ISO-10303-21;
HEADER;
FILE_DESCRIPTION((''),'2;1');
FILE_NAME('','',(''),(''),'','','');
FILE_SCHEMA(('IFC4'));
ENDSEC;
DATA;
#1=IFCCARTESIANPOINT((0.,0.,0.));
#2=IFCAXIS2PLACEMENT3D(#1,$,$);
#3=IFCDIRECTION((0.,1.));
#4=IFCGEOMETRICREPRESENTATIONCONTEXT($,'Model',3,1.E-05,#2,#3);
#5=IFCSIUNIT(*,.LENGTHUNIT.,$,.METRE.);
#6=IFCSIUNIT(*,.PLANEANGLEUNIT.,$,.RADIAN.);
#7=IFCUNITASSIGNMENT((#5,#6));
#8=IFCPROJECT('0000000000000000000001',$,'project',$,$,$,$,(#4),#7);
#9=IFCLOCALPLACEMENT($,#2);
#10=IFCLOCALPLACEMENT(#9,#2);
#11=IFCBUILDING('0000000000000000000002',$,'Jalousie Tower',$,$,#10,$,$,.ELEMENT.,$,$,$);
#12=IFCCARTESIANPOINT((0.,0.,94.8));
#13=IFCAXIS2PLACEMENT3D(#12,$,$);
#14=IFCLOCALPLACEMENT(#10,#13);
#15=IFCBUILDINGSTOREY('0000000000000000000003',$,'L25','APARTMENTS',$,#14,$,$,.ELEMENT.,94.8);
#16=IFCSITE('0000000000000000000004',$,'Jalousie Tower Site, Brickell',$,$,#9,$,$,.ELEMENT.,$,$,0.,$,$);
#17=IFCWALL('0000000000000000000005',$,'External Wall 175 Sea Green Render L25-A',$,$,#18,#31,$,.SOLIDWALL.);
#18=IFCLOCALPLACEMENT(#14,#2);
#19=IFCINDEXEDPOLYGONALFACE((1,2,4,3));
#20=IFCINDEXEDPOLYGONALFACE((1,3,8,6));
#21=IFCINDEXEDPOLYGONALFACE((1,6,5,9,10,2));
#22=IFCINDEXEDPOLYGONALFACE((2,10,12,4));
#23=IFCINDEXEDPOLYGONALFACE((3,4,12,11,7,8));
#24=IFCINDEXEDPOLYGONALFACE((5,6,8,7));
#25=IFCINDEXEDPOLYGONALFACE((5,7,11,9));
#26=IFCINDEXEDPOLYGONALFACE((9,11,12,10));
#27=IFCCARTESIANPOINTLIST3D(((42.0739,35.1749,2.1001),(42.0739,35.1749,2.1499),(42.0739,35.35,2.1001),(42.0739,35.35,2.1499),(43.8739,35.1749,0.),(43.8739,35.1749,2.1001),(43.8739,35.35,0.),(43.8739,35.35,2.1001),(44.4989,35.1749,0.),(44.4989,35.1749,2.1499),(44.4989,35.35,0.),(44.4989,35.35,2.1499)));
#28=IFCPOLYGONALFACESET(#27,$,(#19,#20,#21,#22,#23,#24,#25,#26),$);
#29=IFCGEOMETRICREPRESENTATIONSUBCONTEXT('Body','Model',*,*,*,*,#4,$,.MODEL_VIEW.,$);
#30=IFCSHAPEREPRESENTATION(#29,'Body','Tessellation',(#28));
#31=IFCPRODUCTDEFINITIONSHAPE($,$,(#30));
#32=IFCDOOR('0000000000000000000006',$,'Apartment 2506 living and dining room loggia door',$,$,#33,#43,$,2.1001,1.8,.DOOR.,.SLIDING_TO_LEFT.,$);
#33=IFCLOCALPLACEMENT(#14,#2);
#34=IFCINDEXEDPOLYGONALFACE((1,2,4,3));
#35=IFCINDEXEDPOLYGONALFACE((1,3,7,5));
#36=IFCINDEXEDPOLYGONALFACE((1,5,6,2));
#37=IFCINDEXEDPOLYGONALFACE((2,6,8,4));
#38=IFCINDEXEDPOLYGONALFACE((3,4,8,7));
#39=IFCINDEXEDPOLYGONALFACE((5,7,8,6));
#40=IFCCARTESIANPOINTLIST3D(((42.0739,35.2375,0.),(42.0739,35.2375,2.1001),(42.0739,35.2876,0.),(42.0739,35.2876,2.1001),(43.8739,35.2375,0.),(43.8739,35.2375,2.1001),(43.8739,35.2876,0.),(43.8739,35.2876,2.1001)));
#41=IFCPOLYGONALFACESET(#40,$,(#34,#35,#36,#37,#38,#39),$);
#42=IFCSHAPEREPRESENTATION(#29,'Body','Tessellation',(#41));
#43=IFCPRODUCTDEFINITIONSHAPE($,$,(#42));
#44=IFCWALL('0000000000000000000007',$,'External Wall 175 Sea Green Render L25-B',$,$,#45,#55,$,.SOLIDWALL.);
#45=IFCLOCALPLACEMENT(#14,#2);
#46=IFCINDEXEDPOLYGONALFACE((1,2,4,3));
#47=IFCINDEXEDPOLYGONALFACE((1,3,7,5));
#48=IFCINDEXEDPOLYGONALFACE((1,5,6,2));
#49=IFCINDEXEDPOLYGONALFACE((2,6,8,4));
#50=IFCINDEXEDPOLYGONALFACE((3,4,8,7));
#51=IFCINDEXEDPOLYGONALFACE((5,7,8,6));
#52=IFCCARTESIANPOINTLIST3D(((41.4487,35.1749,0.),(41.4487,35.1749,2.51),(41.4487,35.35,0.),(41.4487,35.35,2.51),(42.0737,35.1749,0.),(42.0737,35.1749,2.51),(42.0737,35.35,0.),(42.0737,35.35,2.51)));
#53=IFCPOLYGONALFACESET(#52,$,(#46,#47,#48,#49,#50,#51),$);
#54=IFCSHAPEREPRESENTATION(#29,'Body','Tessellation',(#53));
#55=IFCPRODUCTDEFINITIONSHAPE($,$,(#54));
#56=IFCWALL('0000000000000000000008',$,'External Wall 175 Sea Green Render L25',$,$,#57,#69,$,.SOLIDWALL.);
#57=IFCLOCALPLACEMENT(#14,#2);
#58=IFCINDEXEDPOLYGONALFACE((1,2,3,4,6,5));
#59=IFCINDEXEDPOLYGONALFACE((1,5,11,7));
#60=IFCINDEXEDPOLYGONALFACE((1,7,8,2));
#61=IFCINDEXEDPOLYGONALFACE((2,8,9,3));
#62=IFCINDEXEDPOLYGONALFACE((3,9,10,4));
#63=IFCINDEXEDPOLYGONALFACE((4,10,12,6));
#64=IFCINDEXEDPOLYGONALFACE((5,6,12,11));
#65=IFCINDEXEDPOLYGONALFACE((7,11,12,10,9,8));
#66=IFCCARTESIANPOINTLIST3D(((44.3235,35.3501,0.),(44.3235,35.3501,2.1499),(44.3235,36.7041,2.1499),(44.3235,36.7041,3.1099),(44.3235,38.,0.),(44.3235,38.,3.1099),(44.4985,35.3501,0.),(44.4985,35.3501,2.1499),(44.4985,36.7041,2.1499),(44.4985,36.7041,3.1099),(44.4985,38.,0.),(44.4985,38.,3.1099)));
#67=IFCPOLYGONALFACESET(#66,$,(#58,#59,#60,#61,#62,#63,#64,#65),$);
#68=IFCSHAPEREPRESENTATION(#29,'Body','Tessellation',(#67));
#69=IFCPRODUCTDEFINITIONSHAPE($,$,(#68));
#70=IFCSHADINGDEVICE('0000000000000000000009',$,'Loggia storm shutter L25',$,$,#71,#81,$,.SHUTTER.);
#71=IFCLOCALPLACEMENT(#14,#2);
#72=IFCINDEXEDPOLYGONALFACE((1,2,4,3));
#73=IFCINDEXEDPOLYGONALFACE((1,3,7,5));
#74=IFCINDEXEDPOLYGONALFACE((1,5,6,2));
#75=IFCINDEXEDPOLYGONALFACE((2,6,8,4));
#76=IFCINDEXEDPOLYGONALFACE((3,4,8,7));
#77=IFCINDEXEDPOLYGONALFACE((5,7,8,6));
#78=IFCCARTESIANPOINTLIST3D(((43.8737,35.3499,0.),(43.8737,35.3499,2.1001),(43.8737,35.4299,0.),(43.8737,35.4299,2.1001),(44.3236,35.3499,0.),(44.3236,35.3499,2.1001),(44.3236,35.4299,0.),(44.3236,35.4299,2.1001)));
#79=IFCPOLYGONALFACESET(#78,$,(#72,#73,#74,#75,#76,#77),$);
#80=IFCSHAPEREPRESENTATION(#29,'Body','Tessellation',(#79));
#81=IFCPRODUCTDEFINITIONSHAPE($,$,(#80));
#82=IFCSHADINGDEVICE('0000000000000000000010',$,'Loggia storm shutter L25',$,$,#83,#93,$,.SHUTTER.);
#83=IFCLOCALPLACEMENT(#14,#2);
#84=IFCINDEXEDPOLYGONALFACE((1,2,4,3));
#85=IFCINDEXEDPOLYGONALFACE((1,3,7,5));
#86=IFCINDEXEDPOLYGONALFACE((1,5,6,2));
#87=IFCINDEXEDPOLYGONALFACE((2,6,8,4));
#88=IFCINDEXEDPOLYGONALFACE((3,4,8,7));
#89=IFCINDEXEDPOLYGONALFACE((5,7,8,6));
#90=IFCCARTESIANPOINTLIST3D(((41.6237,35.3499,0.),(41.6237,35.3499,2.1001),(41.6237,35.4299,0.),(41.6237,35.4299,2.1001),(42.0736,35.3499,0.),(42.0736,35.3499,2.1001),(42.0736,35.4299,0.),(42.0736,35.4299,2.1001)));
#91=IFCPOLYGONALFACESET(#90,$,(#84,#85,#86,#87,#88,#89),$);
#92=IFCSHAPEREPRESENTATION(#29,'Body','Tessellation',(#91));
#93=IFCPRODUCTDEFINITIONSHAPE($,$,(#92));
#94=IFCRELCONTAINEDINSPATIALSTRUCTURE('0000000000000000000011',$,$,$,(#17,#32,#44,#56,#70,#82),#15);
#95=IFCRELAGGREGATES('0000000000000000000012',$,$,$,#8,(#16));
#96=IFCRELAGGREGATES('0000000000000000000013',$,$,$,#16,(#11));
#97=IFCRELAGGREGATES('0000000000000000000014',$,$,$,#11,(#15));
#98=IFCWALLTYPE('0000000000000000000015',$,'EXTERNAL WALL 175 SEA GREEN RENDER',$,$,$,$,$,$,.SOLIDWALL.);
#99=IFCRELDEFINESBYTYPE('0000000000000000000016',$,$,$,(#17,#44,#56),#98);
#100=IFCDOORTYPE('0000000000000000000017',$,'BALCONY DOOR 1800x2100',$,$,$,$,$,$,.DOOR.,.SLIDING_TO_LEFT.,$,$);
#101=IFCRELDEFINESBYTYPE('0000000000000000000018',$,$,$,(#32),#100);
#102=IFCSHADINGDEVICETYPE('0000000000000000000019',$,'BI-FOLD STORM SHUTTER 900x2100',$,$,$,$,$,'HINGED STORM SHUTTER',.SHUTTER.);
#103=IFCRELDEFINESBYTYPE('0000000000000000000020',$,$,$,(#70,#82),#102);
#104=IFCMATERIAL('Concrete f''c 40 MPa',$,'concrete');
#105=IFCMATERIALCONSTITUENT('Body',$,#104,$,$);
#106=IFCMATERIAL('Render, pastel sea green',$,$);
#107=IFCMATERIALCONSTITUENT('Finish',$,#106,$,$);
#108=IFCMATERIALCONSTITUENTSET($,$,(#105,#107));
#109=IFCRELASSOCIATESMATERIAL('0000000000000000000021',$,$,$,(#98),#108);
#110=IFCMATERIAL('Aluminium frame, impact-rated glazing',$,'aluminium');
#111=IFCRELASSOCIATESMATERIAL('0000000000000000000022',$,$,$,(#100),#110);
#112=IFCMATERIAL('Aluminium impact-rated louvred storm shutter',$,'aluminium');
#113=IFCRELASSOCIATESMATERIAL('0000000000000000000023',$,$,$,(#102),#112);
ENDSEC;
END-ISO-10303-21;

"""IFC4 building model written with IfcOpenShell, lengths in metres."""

from ifc_helpers import new_model, si_unit, direction, frame, frame_2d, origin, origin_2d, place, context, subcontext, project, spatial, polyline, rectangle, outline, extrude, material, constituent, constituent_set, type_object, element, fill, save


model = new_model("IFC4")

# Units and contexts
model_context = context("Model", 3, precision=1e-05, world=origin(), true_north=direction((0.0, 1.0)))
body_context = subcontext(model_context, "Body", "Model", "MODEL_VIEW")
ifc_project = project(units=[si_unit("LENGTHUNIT", "METRE"), si_unit("PLANEANGLEUNIT", "RADIAN")], contexts=[model_context])

# Site, building, storey
site_placement = place(None, origin())
site = spatial("IfcSite", under=ifc_project, at=site_placement, Name="Jalousie Tower Site, Brickell", CompositionType="ELEMENT", RefElevation=0.0)
building_placement = place(site_placement, origin())
building = spatial("IfcBuilding", under=site, at=building_placement, Name="Jalousie Tower", CompositionType="ELEMENT")
storey_placement = place(building_placement, frame((0.0, 0.0, 94.8)))
storey = spatial("IfcBuildingStorey", under=building, at=storey_placement, Name="L25", Description="APARTMENTS", CompositionType="ELEMENT", Elevation=94.8)

# Shared definitions
ifc_material_1 = material(Name="Concrete f'c 40 MPa", Category="concrete")
ifc_constituent_1 = constituent(ifc_material_1, Name="Body")
ifc_material_2 = material(Name="Render, pastel sea green")
ifc_constituent_2 = constituent(ifc_material_2, Name="Finish")
ifc_constituent_set = constituent_set(constituents=[ifc_constituent_1, ifc_constituent_2])
wall_type = type_object("IfcWallType", Name="EXTERNAL WALL 175 SEA GREEN RENDER", PredefinedType="SOLIDWALL", material=ifc_constituent_set)

# Wall, opening, door
wall_1_placement = place(storey_placement, frame((44.4988, 35.2625, 0.0), z_axis=(0.0, 0.0, 1.0), x_axis=(-1.0, 0.0, 0.0)))
wall_1 = element("IfcWall", 1, at=wall_1_placement, inside=storey, type_object=wall_type, Name="External Wall 175 Sea Green Render L25-A", PredefinedType="SOLIDWALL", context=body_context, shape_type="SweptSolid", body=[
    extrude(rectangle(XDim=2.425, YDim=0.175, at=frame_2d((1.2124, 0.0))), origin(), (0.0, 0.0, 1.0), 2.1499),
])
opening_placement = place(wall_1_placement, frame((0.625, 0.0, 0.0)))
opening = element("IfcOpeningElement", 2, at=opening_placement, cuts=wall_1, PredefinedType="OPENING", context=body_context, shape_type="SweptSolid", body=[
    extrude(rectangle(XDim=1.8, YDim=2.1001, at=frame_2d((0.8999, 1.05))), frame((0.0, 0.0974, 0.0), z_axis=(0.0, -1.0, 0.0), x_axis=(1.0, 0.0, 0.0)), (0.0, 0.0, 1.0), 0.1951),
])
ifc_material_3 = material(Name="Aluminium frame, impact-rated glazing", Category="aluminium")
door_type = type_object("IfcDoorType", Name="BALCONY DOOR 1800x2100", OperationType="SLIDING_TO_LEFT", PredefinedType="DOOR", material=ifc_material_3)
door_placement = place(opening_placement, origin())
door = element("IfcDoor", 3, at=door_placement, inside=storey, type_object=door_type, Name="Apartment 2506 living and dining room loggia door", OperationType="SLIDING_TO_LEFT", OverallHeight=2.1001, OverallWidth=1.8, PredefinedType="DOOR", context=body_context, shape_type="SweptSolid", body=[
    extrude(rectangle(XDim=1.8, YDim=2.1001, at=frame_2d((0.8999, 1.05))), frame((0.0, 0.0249, 0.0), z_axis=(0.0, -1.0, 0.0), x_axis=(1.0, 0.0, 0.0)), (0.0, 0.0, 1.0), 0.05),
])
fill(opening, door)

# Walls
wall_2_placement = place(storey_placement, frame((42.0737, 35.2625, 0.0), z_axis=(0.0, 0.0, 1.0), x_axis=(-1.0, 0.0, 0.0)))
element("IfcWall", 4, at=wall_2_placement, inside=storey, type_object=wall_type, Name="External Wall 175 Sea Green Render L25-B", PredefinedType="SOLIDWALL", context=body_context, shape_type="SweptSolid", body=[
    extrude(rectangle(XDim=0.625, YDim=0.175, at=frame_2d((0.3125, 0.0))), origin(), (0.0, 0.0, 1.0), 2.51),
])
wall_3_placement = place(storey_placement, frame((44.4111, 38.0, 0.0), z_axis=(0.0, 0.0, 1.0), x_axis=(0.0, -1.0, 0.0)))
element("IfcWall", 5, at=wall_3_placement, inside=storey, type_object=wall_type, Name="External Wall 175 Sea Green Render L25", PredefinedType="SOLIDWALL", context=body_context, shape_type="SweptSolid", body=[
    extrude(outline(polyline([(0.0, 0.0), (2.6499, 0.0), (2.6499, 2.1499), (1.2959, 2.1499), (1.2959, 3.1099), (0.0, 3.1099), (0.0, 0.0)])), frame((0.0, 0.0874, 0.0), z_axis=(0.0, -1.0, 0.0), x_axis=(1.0, 0.0, 0.0)), (0.0, 0.0, 1.0), 0.175),
])

# Shading devices
ifc_material_4 = material(Name="Aluminium impact-rated louvred storm shutter", Category="aluminium")
shading_device_type_1 = type_object("IfcShadingDeviceType", Name="BI-FOLD STORM SHUTTER 900x2100", ElementType="HINGED STORM SHUTTER", PredefinedType="SHUTTER", material=ifc_material_4)
for number, where, z_axis, x_axis, name in (
    (6, (44.0986, 35.3899, 0.0), (0.0, 0.0, 1.0), (-1.0, 0.0, 0.0), "Loggia storm shutter L25"),
    (7, (41.8486, 35.3899, 0.0), (0.0, 0.0, 1.0), (-1.0, 0.0, 0.0), "Loggia storm shutter L25"),
):
    element("IfcShadingDevice", number, at=place(storey_placement, frame(where, z_axis=z_axis, x_axis=x_axis)), inside=storey, type_object=shading_device_type_1, Name=name, PredefinedType="SHUTTER", context=body_context, shape_type="SweptSolid", body=[
        extrude(rectangle(XDim=0.45, YDim=0.0801, at=origin_2d()), origin(), (0.0, 0.0, 1.0), 2.1001),
    ])

save(model, "model.ifc")
